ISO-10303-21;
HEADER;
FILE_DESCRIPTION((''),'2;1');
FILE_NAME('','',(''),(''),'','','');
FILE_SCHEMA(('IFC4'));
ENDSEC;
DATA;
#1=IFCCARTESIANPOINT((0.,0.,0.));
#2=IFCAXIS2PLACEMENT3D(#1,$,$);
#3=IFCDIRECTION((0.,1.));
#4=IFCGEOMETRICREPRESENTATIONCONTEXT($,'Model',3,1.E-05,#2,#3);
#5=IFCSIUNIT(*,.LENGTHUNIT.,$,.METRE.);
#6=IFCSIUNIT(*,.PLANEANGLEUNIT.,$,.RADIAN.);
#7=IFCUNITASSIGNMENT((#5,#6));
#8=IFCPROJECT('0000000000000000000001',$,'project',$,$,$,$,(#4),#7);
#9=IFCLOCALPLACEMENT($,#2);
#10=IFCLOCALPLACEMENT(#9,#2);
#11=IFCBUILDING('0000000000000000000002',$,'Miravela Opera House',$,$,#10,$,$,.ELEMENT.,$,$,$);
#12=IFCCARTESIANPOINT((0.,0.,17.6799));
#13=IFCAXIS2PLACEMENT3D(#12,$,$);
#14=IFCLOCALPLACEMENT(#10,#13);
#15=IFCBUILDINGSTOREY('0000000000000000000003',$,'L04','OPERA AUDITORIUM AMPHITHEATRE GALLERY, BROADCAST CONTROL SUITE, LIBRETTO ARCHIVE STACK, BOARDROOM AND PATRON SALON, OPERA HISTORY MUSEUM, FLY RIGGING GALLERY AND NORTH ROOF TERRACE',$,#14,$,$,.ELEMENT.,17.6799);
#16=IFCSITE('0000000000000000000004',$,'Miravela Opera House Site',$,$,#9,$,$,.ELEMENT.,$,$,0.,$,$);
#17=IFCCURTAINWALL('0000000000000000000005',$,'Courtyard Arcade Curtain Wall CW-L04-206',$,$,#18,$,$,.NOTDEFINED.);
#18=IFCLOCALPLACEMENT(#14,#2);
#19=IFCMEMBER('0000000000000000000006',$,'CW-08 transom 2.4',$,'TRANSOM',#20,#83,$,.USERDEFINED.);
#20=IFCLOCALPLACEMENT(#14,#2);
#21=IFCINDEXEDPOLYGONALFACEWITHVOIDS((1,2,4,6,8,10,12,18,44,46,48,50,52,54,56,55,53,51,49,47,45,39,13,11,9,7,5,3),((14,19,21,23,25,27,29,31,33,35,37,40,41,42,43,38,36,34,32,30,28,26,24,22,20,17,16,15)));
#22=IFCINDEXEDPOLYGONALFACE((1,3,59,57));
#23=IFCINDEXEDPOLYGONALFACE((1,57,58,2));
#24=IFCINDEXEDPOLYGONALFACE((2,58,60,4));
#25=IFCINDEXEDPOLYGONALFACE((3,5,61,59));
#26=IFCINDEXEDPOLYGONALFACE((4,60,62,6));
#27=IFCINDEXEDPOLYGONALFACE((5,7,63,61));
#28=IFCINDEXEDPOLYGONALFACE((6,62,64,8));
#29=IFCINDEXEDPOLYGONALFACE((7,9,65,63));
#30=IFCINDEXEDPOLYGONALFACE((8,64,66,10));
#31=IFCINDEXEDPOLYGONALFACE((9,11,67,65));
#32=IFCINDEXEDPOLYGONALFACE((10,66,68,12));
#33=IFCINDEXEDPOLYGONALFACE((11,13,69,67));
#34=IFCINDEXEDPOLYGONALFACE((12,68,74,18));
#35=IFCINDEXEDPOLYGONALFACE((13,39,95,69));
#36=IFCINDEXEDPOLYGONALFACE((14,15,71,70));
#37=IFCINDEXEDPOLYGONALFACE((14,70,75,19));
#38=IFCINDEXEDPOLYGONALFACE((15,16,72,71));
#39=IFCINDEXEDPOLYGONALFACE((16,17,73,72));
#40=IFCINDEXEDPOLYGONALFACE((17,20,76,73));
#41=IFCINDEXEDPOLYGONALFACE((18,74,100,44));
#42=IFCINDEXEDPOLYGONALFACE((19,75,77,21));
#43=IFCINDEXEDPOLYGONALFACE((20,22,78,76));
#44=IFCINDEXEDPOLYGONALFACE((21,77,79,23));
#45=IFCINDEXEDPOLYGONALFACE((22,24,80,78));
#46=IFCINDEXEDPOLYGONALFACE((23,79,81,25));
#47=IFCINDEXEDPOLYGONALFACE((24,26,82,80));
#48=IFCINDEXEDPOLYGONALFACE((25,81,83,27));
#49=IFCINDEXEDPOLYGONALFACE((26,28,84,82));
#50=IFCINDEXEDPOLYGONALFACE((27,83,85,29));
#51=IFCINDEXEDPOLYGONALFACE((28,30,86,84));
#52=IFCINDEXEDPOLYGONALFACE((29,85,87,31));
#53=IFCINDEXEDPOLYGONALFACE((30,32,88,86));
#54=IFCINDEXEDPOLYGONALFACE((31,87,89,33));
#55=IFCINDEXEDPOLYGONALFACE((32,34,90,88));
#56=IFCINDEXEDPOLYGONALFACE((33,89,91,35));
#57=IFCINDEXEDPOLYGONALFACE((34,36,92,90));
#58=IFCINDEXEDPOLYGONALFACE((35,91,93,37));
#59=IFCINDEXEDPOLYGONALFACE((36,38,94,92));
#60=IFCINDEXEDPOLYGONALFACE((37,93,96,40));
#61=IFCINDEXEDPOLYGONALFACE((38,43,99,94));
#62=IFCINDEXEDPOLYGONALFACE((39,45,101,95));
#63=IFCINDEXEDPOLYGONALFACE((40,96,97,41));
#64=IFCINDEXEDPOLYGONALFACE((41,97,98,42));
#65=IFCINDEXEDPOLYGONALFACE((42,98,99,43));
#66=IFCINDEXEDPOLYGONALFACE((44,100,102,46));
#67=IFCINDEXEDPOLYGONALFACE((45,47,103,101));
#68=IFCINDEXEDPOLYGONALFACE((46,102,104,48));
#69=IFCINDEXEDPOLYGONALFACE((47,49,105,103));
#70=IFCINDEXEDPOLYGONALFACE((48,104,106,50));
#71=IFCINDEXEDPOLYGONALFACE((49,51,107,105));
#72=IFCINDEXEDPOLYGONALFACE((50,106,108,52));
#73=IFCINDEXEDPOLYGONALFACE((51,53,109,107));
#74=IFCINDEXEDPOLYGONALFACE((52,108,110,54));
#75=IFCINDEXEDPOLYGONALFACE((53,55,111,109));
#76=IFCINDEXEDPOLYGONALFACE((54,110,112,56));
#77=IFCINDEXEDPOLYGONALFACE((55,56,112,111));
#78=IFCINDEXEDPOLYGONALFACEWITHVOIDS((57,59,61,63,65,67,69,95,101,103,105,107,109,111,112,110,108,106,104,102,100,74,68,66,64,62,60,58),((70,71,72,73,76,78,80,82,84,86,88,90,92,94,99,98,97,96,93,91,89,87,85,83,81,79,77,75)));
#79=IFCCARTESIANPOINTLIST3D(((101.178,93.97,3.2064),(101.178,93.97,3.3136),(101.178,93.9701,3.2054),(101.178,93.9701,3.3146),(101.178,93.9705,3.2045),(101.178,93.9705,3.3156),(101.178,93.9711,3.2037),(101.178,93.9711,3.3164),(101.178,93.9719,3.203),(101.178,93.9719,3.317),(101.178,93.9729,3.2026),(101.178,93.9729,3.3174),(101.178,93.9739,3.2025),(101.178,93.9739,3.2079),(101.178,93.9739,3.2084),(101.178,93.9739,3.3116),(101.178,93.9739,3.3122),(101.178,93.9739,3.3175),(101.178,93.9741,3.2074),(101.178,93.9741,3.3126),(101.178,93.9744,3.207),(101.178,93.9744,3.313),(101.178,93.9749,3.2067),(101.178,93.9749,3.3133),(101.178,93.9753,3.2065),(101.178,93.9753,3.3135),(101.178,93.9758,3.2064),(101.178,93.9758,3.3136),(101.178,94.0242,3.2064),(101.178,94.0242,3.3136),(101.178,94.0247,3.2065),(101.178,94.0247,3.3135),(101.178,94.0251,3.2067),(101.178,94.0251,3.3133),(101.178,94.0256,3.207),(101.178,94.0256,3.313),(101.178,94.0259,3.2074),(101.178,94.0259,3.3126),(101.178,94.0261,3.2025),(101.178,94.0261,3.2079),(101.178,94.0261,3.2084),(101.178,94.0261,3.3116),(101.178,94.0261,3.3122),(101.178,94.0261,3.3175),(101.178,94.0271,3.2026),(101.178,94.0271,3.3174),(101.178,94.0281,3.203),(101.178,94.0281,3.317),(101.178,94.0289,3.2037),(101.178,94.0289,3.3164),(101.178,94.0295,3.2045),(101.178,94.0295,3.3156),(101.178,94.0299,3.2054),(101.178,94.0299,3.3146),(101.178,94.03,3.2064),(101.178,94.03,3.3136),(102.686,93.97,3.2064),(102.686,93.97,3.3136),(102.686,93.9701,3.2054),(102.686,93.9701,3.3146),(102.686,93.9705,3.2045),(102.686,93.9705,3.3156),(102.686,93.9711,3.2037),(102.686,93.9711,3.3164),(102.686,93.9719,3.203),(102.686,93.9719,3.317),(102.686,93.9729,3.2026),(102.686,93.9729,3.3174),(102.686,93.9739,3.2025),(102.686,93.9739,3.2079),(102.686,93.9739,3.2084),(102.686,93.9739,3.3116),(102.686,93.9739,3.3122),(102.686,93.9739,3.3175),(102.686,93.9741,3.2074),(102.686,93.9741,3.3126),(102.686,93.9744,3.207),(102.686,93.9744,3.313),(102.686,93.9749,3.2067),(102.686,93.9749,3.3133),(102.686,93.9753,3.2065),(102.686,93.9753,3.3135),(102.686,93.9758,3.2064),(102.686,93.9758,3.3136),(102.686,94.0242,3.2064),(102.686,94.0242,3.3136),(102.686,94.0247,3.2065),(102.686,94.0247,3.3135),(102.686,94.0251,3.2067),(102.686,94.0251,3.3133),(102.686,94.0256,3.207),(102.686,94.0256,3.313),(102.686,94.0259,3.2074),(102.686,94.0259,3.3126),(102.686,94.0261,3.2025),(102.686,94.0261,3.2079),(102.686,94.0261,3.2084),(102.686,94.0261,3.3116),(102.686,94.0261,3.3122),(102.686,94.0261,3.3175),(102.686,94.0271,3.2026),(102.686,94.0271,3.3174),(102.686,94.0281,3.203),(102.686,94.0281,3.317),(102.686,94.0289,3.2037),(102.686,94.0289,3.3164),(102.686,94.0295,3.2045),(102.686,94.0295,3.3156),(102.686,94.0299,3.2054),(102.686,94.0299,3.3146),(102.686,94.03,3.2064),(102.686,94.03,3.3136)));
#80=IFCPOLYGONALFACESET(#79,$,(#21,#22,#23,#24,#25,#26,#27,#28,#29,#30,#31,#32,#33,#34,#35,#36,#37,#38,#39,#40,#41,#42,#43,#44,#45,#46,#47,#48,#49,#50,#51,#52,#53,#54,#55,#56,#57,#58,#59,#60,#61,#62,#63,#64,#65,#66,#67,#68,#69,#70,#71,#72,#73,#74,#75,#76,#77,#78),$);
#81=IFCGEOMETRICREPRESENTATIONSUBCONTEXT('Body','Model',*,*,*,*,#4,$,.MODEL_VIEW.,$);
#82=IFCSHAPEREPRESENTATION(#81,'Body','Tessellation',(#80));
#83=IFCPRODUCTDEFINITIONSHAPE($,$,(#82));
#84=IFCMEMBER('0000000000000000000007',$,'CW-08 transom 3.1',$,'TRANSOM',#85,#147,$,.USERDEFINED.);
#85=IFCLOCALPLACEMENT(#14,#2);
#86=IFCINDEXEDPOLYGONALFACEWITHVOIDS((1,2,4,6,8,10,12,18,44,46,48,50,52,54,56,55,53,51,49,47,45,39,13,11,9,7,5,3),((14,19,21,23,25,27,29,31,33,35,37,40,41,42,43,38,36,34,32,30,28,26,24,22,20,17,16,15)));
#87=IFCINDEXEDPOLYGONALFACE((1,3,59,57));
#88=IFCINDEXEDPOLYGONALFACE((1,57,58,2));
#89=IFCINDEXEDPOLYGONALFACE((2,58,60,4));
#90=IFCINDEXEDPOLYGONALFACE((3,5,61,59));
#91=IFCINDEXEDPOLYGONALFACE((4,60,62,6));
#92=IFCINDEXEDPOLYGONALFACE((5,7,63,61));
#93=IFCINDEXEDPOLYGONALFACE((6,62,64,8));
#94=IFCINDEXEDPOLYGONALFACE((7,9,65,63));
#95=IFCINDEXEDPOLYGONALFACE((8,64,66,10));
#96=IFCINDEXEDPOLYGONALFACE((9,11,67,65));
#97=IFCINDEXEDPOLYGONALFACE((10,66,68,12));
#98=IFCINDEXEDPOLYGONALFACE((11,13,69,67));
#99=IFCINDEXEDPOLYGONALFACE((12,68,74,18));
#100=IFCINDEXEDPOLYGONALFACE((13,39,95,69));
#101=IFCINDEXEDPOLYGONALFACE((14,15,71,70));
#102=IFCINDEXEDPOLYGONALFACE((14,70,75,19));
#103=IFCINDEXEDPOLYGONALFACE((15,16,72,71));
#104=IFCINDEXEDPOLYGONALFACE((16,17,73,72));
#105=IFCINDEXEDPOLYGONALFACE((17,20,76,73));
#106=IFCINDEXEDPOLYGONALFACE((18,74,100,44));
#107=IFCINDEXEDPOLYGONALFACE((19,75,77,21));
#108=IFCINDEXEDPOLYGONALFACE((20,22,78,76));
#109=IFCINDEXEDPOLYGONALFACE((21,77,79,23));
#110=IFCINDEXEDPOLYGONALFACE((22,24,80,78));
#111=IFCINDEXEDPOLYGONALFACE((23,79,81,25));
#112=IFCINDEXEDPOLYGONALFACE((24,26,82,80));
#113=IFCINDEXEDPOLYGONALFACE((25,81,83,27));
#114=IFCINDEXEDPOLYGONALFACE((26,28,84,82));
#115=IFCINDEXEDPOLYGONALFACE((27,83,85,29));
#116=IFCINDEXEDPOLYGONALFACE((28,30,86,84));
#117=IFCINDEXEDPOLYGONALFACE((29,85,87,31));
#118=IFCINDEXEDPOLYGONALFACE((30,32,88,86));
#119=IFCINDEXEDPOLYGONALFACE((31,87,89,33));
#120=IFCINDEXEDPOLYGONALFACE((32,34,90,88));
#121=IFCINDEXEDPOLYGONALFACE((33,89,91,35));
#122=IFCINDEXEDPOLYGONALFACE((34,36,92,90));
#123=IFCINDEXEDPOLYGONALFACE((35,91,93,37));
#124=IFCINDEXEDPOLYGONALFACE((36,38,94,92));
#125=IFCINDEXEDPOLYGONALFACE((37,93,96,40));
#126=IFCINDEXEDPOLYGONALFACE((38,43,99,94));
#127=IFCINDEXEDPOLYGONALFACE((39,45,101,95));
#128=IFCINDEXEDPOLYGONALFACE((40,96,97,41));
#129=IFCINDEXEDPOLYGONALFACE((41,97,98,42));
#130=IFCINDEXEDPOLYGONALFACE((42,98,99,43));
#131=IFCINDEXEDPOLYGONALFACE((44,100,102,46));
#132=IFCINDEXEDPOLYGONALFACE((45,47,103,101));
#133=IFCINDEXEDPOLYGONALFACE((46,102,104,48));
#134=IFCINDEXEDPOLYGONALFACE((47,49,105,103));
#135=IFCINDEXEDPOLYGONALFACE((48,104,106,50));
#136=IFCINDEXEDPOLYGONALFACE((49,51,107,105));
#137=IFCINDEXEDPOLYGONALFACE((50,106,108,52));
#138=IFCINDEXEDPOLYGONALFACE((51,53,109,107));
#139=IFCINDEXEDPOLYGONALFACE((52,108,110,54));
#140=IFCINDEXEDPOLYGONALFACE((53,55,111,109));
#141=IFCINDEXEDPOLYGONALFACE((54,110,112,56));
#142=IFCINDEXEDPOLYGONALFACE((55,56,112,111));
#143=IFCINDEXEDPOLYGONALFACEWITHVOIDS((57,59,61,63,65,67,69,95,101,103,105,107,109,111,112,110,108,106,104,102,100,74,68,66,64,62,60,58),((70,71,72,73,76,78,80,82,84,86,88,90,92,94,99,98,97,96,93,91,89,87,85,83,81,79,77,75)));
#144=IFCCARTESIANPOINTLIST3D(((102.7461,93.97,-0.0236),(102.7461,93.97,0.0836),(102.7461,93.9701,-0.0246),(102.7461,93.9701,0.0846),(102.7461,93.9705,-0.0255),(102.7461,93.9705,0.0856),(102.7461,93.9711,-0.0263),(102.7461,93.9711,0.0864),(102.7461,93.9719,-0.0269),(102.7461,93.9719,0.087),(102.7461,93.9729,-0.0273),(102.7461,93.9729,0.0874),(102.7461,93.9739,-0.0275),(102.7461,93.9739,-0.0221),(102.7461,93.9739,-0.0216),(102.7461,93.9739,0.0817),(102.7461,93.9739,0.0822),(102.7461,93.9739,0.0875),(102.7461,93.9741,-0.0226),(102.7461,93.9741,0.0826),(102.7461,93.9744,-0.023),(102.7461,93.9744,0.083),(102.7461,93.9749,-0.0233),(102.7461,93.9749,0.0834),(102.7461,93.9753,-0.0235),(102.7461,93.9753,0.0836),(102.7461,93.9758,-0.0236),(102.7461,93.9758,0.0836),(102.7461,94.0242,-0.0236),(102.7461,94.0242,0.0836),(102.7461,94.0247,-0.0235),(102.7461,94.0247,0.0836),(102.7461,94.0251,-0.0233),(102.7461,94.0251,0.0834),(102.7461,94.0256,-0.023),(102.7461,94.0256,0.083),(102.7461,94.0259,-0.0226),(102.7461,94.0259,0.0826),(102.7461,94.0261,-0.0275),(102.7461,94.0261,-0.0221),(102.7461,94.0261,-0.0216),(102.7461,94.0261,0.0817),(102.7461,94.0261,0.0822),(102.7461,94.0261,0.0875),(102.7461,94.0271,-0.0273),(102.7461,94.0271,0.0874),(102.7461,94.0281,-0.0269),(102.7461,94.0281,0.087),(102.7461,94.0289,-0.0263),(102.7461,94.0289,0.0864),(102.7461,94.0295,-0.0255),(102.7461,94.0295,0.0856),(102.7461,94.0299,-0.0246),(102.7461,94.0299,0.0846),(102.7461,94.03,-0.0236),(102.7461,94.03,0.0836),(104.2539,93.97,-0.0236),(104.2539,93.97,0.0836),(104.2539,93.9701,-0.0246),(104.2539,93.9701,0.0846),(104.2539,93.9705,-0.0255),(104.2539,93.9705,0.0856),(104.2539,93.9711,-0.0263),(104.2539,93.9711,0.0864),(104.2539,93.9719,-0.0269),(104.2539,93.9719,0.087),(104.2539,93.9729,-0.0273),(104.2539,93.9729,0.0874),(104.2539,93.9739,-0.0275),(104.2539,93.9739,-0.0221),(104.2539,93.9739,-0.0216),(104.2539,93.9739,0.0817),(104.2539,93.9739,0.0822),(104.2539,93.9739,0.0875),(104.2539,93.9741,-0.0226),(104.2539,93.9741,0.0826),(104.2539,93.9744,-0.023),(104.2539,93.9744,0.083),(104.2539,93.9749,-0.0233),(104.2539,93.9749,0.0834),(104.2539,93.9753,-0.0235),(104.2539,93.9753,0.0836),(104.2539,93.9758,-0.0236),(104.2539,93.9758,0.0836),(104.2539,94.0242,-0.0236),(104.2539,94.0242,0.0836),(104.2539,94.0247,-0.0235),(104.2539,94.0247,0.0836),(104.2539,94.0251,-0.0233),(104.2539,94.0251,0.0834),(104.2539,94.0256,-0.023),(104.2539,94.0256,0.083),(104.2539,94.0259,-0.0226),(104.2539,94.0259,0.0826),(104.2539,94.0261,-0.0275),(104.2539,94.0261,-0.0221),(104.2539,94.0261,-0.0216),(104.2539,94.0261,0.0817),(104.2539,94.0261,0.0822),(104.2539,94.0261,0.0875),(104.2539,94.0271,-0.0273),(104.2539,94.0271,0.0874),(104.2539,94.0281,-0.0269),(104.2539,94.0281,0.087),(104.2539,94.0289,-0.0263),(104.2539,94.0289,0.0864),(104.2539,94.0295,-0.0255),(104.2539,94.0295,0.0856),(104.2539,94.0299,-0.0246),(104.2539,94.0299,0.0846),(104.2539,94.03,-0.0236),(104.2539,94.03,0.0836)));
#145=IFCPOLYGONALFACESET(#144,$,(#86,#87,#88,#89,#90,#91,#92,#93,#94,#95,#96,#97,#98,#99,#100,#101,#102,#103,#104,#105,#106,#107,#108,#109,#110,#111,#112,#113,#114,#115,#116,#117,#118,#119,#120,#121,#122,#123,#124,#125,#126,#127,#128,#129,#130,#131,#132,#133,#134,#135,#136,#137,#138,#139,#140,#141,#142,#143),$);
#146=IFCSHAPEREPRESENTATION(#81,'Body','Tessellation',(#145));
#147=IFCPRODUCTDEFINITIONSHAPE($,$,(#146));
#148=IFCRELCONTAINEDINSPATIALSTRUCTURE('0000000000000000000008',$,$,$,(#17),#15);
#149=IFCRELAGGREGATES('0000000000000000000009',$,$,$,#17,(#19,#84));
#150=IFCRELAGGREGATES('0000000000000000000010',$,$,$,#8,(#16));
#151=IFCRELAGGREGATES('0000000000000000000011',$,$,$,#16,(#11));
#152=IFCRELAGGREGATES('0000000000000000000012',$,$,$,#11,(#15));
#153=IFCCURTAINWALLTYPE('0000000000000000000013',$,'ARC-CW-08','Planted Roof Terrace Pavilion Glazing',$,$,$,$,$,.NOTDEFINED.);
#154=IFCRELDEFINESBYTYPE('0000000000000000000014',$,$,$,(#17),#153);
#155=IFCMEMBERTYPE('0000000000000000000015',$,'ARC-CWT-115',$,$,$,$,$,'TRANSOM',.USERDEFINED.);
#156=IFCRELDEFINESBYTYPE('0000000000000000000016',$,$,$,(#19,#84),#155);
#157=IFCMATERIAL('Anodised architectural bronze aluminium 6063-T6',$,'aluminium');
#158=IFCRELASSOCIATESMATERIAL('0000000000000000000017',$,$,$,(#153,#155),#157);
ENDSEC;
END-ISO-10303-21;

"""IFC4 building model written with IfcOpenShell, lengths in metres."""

from ifc_helpers import new_model, si_unit, direction, frame, origin, origin_2d, place, context, subcontext, project, spatial, hollow_rectangle, extrude, material, material_profile, profile_set, type_object, element, aggregate, save


model = new_model("IFC4")

# Units and contexts
model_context = context("Model", 3, precision=1e-05, world=origin(), true_north=direction((0.0, 1.0)))
body_context = subcontext(model_context, "Body", "Model", "MODEL_VIEW")
ifc_project = project(units=[si_unit("LENGTHUNIT", "METRE"), si_unit("PLANEANGLEUNIT", "RADIAN")], contexts=[model_context])

# Site, building, storey
site_placement = place(None, origin())
site = spatial("IfcSite", under=ifc_project, at=site_placement, Name="Miravela Opera House Site", CompositionType="ELEMENT", RefElevation=0.0)
building_placement = place(site_placement, origin())
building = spatial("IfcBuilding", under=site, at=building_placement, Name="Miravela Opera House", CompositionType="ELEMENT")
storey_placement = place(building_placement, frame((0.0, 0.0, 17.6799)))
storey = spatial("IfcBuildingStorey", under=building, at=storey_placement, Name="L04", Description="OPERA AUDITORIUM AMPHITHEATRE GALLERY, BROADCAST CONTROL SUITE, LIBRETTO ARCHIVE STACK, BOARDROOM AND PATRON SALON, OPERA HISTORY MUSEUM, FLY RIGGING GALLERY AND NORTH ROOF TERRACE", CompositionType="ELEMENT", Elevation=17.6799)

# Curtain wall, members
ifc_material_1 = material(Name="Anodised architectural bronze aluminium 6063-T6", Category="aluminium")
curtain_wall_type = type_object("IfcCurtainWallType", Name="ARC-CW-08", Description="Planted Roof Terrace Pavilion Glazing", PredefinedType="NOTDEFINED", material=ifc_material_1)
curtain_wall_placement = place(storey_placement, origin())
curtain_wall = element("IfcCurtainWall", 1, at=curtain_wall_placement, inside=storey, type_object=curtain_wall_type, Name="Courtyard Arcade Curtain Wall CW-L04-206", PredefinedType="NOTDEFINED")
ifc_material_profile_1 = material_profile(ifc_material_1, hollow_rectangle(XDim=0.0601, YDim=0.115, WallThickness=0.0039, InnerFilletRadius=0.002, OuterFilletRadius=0.0039, at=origin_2d()), Name="CWT-60X115")
ifc_profile_set_1 = profile_set([ifc_material_profile_1])
member_type_1 = type_object("IfcMemberType", Name="ARC-CWT-115", ElementType="TRANSOM", PredefinedType="USERDEFINED", material=ifc_profile_set_1)
member_1_placement = place(storey_placement, frame((101.178, 94.0, 3.26), z_axis=(1.0, 0.0, 0.0), x_axis=(0.0, 1.0, 0.0)))
member_1 = element("IfcMember", 2, at=member_1_placement, type_object=member_type_1, Name="CW-08 transom 2.4", ObjectType="TRANSOM", PredefinedType="USERDEFINED", context=body_context, shape_type="SweptSolid", body=[
    extrude(hollow_rectangle(XDim=0.0601, YDim=0.115, WallThickness=0.0039, InnerFilletRadius=0.002, OuterFilletRadius=0.0039, at=origin_2d()), origin(), (0.0, 0.0, 1.0), 1.5081),
])
member_2_placement = place(storey_placement, frame((102.7461, 94.0, 0.03), z_axis=(1.0, 0.0, 0.0), x_axis=(0.0, 1.0, 0.0)))
member_2 = element("IfcMember", 3, at=member_2_placement, type_object=member_type_1, Name="CW-08 transom 3.1", ObjectType="TRANSOM", PredefinedType="USERDEFINED", context=body_context, shape_type="SweptSolid", body=[
    extrude(hollow_rectangle(XDim=0.0601, YDim=0.115, WallThickness=0.0039, InnerFilletRadius=0.002, OuterFilletRadius=0.0039, at=origin_2d()), origin(), (0.0, 0.0, 1.0), 1.5078),
])

aggregate(curtain_wall, [member_1, member_2])

save(model, "model.ifc")
